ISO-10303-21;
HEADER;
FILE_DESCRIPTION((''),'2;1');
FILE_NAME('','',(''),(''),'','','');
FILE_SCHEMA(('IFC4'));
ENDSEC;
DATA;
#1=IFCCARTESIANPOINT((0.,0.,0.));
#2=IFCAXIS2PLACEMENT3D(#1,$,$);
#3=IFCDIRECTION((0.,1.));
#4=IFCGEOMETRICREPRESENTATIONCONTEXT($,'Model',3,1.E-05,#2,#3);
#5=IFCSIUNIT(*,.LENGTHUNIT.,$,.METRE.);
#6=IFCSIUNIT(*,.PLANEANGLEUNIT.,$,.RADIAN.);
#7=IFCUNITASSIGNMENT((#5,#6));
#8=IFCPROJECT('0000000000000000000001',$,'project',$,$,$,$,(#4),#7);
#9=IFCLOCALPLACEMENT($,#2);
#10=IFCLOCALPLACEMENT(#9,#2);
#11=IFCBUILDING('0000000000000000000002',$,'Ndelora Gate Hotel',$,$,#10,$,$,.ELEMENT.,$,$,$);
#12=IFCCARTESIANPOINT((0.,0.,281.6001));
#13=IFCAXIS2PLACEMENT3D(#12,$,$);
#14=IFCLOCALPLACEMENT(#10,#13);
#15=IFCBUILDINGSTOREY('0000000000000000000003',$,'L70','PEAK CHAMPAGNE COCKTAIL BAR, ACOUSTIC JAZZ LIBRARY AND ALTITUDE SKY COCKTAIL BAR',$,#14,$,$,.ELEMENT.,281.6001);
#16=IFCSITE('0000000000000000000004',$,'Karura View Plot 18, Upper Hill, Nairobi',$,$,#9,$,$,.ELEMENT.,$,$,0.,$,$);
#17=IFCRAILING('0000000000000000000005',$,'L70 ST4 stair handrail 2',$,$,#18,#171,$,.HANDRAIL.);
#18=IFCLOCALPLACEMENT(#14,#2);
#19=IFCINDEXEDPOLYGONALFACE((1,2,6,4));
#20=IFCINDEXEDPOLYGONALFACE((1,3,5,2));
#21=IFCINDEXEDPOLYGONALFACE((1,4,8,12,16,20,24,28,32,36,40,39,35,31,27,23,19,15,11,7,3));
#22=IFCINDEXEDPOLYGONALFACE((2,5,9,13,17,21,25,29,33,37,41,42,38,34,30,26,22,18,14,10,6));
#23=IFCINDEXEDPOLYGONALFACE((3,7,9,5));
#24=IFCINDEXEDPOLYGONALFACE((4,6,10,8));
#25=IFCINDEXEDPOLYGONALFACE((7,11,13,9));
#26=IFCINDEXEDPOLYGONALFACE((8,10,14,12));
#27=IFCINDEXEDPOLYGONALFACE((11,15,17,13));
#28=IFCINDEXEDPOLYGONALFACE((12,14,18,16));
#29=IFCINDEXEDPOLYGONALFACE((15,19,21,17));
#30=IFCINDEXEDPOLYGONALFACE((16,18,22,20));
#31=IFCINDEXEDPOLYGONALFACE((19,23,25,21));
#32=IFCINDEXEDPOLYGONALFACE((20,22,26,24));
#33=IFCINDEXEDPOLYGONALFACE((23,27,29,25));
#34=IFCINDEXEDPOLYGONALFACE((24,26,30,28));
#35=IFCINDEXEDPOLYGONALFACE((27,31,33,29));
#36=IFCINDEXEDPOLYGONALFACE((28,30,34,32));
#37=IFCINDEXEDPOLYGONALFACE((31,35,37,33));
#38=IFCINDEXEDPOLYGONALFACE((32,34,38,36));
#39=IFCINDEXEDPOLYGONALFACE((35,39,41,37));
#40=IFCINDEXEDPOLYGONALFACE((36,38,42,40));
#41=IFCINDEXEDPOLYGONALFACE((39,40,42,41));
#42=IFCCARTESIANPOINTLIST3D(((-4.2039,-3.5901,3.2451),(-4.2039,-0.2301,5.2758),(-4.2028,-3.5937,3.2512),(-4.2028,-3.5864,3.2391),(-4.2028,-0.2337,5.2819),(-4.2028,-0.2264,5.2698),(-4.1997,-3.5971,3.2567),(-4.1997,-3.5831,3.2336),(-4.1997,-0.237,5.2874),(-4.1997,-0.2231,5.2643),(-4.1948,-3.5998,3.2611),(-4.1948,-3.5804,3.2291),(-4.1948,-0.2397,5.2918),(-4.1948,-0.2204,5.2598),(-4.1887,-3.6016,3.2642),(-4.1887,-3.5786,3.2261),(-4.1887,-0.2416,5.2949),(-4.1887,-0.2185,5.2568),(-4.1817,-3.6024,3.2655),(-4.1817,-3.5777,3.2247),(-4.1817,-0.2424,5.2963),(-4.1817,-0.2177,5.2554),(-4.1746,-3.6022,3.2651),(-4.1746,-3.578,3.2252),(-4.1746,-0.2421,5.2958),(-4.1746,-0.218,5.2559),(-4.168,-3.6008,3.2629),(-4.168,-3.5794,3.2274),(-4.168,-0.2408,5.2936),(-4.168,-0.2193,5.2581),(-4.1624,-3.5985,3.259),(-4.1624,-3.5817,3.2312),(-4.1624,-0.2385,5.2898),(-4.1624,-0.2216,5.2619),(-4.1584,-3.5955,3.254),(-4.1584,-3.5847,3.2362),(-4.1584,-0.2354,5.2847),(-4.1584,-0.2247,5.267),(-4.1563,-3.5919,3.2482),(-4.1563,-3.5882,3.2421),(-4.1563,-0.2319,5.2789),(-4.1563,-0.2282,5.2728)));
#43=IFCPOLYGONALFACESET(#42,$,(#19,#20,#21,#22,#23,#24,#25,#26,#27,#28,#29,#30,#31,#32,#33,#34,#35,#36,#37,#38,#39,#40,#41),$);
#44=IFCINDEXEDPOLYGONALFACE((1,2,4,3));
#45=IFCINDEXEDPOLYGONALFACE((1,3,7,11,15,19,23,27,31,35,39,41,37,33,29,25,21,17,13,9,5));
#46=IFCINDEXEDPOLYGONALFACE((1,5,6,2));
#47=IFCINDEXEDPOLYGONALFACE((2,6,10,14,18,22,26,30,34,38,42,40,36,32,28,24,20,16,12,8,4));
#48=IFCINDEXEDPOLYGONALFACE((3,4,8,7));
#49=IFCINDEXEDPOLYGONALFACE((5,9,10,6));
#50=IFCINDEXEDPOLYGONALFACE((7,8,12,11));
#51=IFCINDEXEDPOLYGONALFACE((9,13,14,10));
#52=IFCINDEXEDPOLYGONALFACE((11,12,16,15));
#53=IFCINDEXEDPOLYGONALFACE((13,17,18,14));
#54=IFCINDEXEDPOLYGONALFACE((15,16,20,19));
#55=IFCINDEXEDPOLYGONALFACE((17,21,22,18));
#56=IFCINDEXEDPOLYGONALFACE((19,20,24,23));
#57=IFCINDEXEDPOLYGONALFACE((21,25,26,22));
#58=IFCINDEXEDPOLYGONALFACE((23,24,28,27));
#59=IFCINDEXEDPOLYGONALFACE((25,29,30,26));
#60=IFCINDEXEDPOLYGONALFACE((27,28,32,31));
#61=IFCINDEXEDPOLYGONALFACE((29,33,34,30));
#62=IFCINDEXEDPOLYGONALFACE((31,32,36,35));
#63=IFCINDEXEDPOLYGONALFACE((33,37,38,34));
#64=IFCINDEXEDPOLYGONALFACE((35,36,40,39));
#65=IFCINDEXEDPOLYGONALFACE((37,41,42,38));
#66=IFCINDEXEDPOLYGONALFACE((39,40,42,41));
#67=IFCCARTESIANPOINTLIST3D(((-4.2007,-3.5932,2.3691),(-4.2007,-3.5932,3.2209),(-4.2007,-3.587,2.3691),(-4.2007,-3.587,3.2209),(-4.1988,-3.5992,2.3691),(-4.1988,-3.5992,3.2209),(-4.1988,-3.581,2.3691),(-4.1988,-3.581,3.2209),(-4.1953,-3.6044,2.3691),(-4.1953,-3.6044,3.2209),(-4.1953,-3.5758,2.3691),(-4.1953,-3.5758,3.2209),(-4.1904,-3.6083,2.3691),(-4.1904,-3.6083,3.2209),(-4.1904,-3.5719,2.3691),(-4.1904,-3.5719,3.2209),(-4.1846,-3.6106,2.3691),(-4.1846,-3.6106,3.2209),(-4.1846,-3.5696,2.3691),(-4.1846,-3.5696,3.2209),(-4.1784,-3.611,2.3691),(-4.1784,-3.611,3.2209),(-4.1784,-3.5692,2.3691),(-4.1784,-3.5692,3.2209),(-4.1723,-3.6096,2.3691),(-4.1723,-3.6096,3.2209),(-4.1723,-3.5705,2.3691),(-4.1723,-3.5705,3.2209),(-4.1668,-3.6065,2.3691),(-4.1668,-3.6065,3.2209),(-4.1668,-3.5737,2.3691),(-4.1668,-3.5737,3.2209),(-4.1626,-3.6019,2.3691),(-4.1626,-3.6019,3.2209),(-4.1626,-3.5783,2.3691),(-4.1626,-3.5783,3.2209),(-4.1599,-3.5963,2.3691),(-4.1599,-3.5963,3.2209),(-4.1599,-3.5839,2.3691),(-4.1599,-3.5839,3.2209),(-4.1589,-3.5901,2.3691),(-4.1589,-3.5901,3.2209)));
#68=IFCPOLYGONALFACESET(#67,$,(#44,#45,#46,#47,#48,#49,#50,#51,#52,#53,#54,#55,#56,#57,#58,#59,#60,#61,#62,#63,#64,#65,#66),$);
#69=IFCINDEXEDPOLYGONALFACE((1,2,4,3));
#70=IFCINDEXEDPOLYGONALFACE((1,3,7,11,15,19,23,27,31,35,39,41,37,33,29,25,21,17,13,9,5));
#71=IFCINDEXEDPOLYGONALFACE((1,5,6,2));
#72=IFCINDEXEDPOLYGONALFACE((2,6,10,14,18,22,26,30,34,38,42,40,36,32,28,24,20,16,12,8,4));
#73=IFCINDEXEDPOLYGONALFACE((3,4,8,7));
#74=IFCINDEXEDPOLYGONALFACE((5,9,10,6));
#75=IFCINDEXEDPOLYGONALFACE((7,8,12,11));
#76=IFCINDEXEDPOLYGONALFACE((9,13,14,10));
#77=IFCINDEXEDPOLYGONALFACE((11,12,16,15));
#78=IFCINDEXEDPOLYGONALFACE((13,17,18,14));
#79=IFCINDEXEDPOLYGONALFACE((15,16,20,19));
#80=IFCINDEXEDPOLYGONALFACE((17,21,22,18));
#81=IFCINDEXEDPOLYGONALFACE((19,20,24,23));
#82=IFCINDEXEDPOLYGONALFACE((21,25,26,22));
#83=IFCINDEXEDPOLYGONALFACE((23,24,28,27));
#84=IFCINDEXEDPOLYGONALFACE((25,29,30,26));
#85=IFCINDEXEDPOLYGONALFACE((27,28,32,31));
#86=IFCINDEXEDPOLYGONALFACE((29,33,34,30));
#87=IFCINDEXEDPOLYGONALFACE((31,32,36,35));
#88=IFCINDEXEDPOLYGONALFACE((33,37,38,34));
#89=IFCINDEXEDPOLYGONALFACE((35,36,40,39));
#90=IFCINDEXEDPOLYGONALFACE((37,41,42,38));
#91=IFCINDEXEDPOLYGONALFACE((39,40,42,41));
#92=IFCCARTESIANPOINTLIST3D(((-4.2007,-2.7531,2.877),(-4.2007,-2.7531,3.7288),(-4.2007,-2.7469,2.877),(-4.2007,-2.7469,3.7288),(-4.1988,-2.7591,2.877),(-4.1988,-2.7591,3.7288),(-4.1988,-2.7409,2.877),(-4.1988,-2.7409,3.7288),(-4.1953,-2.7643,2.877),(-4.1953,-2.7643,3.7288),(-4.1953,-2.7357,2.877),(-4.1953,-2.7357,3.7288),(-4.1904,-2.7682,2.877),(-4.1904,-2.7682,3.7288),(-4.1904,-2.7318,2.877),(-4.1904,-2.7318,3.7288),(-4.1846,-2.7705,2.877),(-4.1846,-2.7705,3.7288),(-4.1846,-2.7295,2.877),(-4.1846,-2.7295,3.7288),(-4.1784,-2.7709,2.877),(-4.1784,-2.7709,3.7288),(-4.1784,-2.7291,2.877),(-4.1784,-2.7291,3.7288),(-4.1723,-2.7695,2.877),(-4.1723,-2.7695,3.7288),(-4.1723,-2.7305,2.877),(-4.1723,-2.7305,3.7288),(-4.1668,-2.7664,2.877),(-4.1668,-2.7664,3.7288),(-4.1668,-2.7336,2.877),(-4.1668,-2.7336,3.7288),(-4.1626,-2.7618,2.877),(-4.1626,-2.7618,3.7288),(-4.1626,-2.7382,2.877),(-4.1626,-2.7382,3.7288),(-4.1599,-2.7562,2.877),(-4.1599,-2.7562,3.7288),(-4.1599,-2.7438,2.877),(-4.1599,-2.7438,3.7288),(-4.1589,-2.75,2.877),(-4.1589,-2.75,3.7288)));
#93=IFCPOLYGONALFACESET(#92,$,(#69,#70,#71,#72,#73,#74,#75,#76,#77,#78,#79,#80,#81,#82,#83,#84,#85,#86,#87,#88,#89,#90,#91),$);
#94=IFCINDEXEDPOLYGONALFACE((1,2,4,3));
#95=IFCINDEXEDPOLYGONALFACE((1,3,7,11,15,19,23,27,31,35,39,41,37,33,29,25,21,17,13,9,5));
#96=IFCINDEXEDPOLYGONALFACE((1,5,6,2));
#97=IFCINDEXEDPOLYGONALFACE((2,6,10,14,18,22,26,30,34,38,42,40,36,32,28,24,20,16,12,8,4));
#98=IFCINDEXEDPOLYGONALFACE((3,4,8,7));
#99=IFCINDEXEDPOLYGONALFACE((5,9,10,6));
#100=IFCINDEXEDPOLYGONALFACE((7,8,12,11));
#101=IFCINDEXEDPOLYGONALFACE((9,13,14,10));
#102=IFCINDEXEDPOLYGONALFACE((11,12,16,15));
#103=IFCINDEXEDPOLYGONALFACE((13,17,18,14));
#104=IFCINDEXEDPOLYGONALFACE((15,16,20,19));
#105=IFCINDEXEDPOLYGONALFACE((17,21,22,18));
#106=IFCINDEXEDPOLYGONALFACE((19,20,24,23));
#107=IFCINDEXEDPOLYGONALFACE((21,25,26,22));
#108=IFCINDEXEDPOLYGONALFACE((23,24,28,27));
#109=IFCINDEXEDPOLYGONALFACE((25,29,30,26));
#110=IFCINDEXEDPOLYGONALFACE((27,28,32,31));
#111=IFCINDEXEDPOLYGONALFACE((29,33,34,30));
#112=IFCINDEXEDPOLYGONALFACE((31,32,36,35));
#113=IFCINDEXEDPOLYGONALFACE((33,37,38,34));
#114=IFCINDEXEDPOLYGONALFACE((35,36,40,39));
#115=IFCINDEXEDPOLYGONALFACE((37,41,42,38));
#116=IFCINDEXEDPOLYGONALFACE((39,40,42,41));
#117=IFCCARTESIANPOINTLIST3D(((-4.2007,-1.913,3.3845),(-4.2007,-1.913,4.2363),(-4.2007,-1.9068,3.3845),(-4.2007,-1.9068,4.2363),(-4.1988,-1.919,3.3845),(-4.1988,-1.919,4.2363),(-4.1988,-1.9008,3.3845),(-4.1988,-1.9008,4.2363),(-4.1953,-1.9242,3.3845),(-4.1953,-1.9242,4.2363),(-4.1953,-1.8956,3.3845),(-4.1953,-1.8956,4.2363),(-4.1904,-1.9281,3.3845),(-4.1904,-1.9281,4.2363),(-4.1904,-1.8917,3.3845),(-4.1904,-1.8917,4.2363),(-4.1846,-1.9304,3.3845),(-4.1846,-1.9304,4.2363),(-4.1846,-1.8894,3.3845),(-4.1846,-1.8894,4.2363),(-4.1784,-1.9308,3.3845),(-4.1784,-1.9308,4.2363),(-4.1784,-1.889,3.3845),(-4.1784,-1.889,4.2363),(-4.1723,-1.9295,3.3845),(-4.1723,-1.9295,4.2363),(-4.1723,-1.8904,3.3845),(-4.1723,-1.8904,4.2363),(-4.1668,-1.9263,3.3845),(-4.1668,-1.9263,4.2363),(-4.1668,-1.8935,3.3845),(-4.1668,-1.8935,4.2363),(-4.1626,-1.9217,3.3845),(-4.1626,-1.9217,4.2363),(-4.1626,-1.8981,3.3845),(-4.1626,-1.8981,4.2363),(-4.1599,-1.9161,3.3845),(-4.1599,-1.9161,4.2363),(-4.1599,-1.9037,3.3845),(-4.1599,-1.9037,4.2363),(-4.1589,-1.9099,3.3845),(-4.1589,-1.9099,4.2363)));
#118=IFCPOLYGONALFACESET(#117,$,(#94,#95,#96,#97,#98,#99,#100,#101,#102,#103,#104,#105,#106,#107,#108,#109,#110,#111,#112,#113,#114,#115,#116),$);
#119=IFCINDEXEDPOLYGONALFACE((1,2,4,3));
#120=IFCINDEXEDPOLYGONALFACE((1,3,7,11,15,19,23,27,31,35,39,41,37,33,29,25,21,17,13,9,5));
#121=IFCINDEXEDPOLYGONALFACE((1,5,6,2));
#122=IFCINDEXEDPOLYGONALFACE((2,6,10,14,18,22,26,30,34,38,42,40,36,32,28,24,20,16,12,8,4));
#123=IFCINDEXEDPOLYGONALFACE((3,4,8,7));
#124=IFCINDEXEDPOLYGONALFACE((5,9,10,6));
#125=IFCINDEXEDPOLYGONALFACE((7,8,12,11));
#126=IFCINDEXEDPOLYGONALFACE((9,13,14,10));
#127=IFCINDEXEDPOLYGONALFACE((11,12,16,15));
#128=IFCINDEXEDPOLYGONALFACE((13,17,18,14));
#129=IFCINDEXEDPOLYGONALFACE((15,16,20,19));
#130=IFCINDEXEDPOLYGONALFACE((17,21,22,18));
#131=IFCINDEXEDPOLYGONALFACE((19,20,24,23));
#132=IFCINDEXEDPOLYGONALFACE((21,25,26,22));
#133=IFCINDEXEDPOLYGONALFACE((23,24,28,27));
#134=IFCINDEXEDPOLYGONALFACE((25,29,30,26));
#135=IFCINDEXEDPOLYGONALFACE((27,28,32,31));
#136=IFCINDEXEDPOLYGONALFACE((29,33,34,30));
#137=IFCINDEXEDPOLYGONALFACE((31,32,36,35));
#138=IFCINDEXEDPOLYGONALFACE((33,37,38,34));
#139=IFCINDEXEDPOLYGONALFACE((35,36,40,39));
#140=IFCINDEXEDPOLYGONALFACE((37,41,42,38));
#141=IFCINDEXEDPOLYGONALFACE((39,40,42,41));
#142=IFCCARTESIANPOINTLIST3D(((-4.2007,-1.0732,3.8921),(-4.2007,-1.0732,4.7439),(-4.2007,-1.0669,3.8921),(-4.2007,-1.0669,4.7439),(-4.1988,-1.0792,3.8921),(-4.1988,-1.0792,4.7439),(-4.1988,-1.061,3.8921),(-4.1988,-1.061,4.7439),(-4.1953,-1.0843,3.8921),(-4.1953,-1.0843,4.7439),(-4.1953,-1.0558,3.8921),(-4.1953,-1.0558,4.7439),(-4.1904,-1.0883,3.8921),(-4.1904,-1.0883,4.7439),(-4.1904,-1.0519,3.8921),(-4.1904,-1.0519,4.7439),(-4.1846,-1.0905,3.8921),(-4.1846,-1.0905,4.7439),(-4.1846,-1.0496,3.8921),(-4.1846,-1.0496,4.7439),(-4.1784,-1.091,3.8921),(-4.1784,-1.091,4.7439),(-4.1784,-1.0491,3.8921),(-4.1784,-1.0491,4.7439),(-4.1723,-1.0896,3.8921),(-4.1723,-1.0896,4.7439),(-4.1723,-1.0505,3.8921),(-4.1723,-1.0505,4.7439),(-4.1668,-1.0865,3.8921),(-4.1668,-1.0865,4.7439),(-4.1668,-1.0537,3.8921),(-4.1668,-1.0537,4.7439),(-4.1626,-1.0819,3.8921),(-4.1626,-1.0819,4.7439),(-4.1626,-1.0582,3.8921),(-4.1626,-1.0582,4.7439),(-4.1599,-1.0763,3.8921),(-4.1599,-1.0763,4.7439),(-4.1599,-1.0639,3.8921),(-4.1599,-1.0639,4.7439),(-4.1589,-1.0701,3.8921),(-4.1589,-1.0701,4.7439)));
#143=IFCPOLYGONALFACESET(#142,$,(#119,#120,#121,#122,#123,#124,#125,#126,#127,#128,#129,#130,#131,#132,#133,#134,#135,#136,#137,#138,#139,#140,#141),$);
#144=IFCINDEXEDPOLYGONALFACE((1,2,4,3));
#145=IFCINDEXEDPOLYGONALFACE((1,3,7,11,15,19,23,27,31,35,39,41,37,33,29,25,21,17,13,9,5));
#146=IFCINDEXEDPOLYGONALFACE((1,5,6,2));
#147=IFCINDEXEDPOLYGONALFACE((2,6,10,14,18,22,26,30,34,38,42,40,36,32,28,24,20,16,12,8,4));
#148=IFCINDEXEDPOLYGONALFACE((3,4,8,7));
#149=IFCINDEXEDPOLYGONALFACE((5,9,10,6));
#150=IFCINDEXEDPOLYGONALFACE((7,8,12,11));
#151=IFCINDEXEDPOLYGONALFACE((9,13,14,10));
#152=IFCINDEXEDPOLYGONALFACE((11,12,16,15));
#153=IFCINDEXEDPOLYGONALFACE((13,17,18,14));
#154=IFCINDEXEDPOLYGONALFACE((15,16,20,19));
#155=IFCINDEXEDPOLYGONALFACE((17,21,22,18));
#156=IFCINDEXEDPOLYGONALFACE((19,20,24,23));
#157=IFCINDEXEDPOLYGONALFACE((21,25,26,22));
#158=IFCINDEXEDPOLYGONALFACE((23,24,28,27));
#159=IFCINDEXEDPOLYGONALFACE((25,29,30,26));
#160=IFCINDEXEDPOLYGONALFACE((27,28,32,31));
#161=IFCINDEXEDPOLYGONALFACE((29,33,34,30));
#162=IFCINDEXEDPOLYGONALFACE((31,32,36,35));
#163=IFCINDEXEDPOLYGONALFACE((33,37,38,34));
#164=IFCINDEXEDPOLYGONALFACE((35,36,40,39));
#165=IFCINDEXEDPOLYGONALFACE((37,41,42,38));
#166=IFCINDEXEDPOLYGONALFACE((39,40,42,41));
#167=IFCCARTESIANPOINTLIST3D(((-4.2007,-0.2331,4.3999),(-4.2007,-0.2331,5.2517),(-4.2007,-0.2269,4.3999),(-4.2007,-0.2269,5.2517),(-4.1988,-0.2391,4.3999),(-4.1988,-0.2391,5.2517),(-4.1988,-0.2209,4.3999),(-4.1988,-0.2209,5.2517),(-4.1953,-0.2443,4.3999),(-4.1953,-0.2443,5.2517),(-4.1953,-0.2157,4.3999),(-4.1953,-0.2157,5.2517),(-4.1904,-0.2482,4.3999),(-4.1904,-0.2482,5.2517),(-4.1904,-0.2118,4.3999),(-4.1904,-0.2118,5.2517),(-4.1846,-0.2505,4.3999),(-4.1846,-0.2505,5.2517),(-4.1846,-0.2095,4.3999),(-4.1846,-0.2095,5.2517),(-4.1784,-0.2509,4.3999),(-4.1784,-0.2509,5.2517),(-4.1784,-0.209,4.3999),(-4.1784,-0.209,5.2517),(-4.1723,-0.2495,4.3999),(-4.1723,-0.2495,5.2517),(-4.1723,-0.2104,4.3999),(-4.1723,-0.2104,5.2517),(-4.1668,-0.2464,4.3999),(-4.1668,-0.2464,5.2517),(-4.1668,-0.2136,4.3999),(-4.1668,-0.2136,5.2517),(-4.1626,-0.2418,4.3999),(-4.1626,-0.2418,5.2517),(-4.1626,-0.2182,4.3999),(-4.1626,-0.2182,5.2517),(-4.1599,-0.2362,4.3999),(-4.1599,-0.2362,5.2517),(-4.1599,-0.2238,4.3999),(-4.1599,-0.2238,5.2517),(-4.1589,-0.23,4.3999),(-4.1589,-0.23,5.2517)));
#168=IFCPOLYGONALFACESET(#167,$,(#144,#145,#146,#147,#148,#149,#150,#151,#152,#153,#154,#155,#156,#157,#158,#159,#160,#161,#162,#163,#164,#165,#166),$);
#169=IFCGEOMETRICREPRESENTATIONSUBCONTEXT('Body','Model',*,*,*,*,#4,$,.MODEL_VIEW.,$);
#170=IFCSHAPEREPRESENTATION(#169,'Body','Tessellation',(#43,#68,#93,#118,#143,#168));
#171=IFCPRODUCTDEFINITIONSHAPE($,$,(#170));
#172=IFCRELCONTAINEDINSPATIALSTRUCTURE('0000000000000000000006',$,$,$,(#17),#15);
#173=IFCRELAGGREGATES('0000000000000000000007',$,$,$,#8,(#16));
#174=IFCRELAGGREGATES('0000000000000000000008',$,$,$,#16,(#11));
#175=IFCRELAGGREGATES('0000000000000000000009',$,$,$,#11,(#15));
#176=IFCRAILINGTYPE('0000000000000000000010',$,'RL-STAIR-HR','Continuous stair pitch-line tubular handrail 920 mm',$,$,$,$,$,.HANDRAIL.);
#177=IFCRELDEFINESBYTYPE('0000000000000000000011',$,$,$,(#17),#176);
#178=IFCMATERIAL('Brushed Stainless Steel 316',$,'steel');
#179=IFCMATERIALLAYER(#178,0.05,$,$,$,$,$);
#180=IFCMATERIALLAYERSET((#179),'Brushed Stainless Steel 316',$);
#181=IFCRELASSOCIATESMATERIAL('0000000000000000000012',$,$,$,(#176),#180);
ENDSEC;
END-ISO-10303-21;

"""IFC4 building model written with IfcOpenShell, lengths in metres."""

from ifc_helpers import new_model, si_unit, direction, frame, origin, origin_2d, place, context, subcontext, project, spatial, circle, extrude, material, layer, layer_set, type_object, element, save


model = new_model("IFC4")

# Units and contexts
model_context = context("Model", 3, precision=1e-05, world=origin(), true_north=direction((0.0, 1.0)))
body_context = subcontext(model_context, "Body", "Model", "MODEL_VIEW")
ifc_project = project(units=[si_unit("LENGTHUNIT", "METRE"), si_unit("PLANEANGLEUNIT", "RADIAN")], contexts=[model_context])

# Site, building, storey
site_placement = place(None, origin())
site = spatial("IfcSite", under=ifc_project, at=site_placement, Name="Karura View Plot 18, Upper Hill, Nairobi", CompositionType="ELEMENT", RefElevation=0.0)
building_placement = place(site_placement, origin())
building = spatial("IfcBuilding", under=site, at=building_placement, Name="Ndelora Gate Hotel", CompositionType="ELEMENT")
storey_placement = place(building_placement, frame((0.0, 0.0, 281.6001)))
storey = spatial("IfcBuildingStorey", under=building, at=storey_placement, Name="L70", Description="PEAK CHAMPAGNE COCKTAIL BAR, ACOUSTIC JAZZ LIBRARY AND ALTITUDE SKY COCKTAIL BAR", CompositionType="ELEMENT", Elevation=281.6001)

# Railing
ifc_material_1 = material(Name="Brushed Stainless Steel 316", Category="steel")
ifc_layer_1 = layer(ifc_material_1, 0.05)
ifc_layer_set_1 = layer_set([ifc_layer_1], Name="Brushed Stainless Steel 316")
railing_type_1 = type_object("IfcRailingType", Name="RL-STAIR-HR", Description="Continuous stair pitch-line tubular handrail 920 mm", PredefinedType="HANDRAIL", material=ifc_layer_set_1)
railing_1_placement = place(storey_placement, frame((-4.1799, -3.5901, 2.3691)))
element("IfcRailing", 1, at=railing_1_placement, inside=storey, type_object=railing_type_1, Name="L70 ST4 stair handrail 2", PredefinedType="HANDRAIL", context=body_context, shape_type="SweptSolid", body=[
    extrude(circle(Radius=0.0239, at=origin_2d()), frame((0.0, 0.0, 0.876), z_axis=(0.0, 0.855837, 0.517246), x_axis=(-1.0, 0.0, 0.0)), (0.0, 0.0, 1.0), 3.926),
    extrude(circle(Radius=0.021, at=origin_2d()), origin(), (0.0, 0.0, 1.0), 0.8518),
    extrude(circle(Radius=0.021, at=origin_2d()), frame((0.0, 0.8401, 0.5078)), (0.0, 0.0, 1.0), 0.8518),
    extrude(circle(Radius=0.021, at=origin_2d()), frame((0.0, 1.6802, 1.0154)), (0.0, 0.0, 1.0), 0.8518),
    extrude(circle(Radius=0.021, at=origin_2d()), frame((0.0, 2.52, 1.5229)), (0.0, 0.0, 1.0), 0.8518),
    extrude(circle(Radius=0.021, at=origin_2d()), frame((0.0, 3.3601, 2.0308)), (0.0, 0.0, 1.0), 0.8518),
])

save(model, "model.ifc")
